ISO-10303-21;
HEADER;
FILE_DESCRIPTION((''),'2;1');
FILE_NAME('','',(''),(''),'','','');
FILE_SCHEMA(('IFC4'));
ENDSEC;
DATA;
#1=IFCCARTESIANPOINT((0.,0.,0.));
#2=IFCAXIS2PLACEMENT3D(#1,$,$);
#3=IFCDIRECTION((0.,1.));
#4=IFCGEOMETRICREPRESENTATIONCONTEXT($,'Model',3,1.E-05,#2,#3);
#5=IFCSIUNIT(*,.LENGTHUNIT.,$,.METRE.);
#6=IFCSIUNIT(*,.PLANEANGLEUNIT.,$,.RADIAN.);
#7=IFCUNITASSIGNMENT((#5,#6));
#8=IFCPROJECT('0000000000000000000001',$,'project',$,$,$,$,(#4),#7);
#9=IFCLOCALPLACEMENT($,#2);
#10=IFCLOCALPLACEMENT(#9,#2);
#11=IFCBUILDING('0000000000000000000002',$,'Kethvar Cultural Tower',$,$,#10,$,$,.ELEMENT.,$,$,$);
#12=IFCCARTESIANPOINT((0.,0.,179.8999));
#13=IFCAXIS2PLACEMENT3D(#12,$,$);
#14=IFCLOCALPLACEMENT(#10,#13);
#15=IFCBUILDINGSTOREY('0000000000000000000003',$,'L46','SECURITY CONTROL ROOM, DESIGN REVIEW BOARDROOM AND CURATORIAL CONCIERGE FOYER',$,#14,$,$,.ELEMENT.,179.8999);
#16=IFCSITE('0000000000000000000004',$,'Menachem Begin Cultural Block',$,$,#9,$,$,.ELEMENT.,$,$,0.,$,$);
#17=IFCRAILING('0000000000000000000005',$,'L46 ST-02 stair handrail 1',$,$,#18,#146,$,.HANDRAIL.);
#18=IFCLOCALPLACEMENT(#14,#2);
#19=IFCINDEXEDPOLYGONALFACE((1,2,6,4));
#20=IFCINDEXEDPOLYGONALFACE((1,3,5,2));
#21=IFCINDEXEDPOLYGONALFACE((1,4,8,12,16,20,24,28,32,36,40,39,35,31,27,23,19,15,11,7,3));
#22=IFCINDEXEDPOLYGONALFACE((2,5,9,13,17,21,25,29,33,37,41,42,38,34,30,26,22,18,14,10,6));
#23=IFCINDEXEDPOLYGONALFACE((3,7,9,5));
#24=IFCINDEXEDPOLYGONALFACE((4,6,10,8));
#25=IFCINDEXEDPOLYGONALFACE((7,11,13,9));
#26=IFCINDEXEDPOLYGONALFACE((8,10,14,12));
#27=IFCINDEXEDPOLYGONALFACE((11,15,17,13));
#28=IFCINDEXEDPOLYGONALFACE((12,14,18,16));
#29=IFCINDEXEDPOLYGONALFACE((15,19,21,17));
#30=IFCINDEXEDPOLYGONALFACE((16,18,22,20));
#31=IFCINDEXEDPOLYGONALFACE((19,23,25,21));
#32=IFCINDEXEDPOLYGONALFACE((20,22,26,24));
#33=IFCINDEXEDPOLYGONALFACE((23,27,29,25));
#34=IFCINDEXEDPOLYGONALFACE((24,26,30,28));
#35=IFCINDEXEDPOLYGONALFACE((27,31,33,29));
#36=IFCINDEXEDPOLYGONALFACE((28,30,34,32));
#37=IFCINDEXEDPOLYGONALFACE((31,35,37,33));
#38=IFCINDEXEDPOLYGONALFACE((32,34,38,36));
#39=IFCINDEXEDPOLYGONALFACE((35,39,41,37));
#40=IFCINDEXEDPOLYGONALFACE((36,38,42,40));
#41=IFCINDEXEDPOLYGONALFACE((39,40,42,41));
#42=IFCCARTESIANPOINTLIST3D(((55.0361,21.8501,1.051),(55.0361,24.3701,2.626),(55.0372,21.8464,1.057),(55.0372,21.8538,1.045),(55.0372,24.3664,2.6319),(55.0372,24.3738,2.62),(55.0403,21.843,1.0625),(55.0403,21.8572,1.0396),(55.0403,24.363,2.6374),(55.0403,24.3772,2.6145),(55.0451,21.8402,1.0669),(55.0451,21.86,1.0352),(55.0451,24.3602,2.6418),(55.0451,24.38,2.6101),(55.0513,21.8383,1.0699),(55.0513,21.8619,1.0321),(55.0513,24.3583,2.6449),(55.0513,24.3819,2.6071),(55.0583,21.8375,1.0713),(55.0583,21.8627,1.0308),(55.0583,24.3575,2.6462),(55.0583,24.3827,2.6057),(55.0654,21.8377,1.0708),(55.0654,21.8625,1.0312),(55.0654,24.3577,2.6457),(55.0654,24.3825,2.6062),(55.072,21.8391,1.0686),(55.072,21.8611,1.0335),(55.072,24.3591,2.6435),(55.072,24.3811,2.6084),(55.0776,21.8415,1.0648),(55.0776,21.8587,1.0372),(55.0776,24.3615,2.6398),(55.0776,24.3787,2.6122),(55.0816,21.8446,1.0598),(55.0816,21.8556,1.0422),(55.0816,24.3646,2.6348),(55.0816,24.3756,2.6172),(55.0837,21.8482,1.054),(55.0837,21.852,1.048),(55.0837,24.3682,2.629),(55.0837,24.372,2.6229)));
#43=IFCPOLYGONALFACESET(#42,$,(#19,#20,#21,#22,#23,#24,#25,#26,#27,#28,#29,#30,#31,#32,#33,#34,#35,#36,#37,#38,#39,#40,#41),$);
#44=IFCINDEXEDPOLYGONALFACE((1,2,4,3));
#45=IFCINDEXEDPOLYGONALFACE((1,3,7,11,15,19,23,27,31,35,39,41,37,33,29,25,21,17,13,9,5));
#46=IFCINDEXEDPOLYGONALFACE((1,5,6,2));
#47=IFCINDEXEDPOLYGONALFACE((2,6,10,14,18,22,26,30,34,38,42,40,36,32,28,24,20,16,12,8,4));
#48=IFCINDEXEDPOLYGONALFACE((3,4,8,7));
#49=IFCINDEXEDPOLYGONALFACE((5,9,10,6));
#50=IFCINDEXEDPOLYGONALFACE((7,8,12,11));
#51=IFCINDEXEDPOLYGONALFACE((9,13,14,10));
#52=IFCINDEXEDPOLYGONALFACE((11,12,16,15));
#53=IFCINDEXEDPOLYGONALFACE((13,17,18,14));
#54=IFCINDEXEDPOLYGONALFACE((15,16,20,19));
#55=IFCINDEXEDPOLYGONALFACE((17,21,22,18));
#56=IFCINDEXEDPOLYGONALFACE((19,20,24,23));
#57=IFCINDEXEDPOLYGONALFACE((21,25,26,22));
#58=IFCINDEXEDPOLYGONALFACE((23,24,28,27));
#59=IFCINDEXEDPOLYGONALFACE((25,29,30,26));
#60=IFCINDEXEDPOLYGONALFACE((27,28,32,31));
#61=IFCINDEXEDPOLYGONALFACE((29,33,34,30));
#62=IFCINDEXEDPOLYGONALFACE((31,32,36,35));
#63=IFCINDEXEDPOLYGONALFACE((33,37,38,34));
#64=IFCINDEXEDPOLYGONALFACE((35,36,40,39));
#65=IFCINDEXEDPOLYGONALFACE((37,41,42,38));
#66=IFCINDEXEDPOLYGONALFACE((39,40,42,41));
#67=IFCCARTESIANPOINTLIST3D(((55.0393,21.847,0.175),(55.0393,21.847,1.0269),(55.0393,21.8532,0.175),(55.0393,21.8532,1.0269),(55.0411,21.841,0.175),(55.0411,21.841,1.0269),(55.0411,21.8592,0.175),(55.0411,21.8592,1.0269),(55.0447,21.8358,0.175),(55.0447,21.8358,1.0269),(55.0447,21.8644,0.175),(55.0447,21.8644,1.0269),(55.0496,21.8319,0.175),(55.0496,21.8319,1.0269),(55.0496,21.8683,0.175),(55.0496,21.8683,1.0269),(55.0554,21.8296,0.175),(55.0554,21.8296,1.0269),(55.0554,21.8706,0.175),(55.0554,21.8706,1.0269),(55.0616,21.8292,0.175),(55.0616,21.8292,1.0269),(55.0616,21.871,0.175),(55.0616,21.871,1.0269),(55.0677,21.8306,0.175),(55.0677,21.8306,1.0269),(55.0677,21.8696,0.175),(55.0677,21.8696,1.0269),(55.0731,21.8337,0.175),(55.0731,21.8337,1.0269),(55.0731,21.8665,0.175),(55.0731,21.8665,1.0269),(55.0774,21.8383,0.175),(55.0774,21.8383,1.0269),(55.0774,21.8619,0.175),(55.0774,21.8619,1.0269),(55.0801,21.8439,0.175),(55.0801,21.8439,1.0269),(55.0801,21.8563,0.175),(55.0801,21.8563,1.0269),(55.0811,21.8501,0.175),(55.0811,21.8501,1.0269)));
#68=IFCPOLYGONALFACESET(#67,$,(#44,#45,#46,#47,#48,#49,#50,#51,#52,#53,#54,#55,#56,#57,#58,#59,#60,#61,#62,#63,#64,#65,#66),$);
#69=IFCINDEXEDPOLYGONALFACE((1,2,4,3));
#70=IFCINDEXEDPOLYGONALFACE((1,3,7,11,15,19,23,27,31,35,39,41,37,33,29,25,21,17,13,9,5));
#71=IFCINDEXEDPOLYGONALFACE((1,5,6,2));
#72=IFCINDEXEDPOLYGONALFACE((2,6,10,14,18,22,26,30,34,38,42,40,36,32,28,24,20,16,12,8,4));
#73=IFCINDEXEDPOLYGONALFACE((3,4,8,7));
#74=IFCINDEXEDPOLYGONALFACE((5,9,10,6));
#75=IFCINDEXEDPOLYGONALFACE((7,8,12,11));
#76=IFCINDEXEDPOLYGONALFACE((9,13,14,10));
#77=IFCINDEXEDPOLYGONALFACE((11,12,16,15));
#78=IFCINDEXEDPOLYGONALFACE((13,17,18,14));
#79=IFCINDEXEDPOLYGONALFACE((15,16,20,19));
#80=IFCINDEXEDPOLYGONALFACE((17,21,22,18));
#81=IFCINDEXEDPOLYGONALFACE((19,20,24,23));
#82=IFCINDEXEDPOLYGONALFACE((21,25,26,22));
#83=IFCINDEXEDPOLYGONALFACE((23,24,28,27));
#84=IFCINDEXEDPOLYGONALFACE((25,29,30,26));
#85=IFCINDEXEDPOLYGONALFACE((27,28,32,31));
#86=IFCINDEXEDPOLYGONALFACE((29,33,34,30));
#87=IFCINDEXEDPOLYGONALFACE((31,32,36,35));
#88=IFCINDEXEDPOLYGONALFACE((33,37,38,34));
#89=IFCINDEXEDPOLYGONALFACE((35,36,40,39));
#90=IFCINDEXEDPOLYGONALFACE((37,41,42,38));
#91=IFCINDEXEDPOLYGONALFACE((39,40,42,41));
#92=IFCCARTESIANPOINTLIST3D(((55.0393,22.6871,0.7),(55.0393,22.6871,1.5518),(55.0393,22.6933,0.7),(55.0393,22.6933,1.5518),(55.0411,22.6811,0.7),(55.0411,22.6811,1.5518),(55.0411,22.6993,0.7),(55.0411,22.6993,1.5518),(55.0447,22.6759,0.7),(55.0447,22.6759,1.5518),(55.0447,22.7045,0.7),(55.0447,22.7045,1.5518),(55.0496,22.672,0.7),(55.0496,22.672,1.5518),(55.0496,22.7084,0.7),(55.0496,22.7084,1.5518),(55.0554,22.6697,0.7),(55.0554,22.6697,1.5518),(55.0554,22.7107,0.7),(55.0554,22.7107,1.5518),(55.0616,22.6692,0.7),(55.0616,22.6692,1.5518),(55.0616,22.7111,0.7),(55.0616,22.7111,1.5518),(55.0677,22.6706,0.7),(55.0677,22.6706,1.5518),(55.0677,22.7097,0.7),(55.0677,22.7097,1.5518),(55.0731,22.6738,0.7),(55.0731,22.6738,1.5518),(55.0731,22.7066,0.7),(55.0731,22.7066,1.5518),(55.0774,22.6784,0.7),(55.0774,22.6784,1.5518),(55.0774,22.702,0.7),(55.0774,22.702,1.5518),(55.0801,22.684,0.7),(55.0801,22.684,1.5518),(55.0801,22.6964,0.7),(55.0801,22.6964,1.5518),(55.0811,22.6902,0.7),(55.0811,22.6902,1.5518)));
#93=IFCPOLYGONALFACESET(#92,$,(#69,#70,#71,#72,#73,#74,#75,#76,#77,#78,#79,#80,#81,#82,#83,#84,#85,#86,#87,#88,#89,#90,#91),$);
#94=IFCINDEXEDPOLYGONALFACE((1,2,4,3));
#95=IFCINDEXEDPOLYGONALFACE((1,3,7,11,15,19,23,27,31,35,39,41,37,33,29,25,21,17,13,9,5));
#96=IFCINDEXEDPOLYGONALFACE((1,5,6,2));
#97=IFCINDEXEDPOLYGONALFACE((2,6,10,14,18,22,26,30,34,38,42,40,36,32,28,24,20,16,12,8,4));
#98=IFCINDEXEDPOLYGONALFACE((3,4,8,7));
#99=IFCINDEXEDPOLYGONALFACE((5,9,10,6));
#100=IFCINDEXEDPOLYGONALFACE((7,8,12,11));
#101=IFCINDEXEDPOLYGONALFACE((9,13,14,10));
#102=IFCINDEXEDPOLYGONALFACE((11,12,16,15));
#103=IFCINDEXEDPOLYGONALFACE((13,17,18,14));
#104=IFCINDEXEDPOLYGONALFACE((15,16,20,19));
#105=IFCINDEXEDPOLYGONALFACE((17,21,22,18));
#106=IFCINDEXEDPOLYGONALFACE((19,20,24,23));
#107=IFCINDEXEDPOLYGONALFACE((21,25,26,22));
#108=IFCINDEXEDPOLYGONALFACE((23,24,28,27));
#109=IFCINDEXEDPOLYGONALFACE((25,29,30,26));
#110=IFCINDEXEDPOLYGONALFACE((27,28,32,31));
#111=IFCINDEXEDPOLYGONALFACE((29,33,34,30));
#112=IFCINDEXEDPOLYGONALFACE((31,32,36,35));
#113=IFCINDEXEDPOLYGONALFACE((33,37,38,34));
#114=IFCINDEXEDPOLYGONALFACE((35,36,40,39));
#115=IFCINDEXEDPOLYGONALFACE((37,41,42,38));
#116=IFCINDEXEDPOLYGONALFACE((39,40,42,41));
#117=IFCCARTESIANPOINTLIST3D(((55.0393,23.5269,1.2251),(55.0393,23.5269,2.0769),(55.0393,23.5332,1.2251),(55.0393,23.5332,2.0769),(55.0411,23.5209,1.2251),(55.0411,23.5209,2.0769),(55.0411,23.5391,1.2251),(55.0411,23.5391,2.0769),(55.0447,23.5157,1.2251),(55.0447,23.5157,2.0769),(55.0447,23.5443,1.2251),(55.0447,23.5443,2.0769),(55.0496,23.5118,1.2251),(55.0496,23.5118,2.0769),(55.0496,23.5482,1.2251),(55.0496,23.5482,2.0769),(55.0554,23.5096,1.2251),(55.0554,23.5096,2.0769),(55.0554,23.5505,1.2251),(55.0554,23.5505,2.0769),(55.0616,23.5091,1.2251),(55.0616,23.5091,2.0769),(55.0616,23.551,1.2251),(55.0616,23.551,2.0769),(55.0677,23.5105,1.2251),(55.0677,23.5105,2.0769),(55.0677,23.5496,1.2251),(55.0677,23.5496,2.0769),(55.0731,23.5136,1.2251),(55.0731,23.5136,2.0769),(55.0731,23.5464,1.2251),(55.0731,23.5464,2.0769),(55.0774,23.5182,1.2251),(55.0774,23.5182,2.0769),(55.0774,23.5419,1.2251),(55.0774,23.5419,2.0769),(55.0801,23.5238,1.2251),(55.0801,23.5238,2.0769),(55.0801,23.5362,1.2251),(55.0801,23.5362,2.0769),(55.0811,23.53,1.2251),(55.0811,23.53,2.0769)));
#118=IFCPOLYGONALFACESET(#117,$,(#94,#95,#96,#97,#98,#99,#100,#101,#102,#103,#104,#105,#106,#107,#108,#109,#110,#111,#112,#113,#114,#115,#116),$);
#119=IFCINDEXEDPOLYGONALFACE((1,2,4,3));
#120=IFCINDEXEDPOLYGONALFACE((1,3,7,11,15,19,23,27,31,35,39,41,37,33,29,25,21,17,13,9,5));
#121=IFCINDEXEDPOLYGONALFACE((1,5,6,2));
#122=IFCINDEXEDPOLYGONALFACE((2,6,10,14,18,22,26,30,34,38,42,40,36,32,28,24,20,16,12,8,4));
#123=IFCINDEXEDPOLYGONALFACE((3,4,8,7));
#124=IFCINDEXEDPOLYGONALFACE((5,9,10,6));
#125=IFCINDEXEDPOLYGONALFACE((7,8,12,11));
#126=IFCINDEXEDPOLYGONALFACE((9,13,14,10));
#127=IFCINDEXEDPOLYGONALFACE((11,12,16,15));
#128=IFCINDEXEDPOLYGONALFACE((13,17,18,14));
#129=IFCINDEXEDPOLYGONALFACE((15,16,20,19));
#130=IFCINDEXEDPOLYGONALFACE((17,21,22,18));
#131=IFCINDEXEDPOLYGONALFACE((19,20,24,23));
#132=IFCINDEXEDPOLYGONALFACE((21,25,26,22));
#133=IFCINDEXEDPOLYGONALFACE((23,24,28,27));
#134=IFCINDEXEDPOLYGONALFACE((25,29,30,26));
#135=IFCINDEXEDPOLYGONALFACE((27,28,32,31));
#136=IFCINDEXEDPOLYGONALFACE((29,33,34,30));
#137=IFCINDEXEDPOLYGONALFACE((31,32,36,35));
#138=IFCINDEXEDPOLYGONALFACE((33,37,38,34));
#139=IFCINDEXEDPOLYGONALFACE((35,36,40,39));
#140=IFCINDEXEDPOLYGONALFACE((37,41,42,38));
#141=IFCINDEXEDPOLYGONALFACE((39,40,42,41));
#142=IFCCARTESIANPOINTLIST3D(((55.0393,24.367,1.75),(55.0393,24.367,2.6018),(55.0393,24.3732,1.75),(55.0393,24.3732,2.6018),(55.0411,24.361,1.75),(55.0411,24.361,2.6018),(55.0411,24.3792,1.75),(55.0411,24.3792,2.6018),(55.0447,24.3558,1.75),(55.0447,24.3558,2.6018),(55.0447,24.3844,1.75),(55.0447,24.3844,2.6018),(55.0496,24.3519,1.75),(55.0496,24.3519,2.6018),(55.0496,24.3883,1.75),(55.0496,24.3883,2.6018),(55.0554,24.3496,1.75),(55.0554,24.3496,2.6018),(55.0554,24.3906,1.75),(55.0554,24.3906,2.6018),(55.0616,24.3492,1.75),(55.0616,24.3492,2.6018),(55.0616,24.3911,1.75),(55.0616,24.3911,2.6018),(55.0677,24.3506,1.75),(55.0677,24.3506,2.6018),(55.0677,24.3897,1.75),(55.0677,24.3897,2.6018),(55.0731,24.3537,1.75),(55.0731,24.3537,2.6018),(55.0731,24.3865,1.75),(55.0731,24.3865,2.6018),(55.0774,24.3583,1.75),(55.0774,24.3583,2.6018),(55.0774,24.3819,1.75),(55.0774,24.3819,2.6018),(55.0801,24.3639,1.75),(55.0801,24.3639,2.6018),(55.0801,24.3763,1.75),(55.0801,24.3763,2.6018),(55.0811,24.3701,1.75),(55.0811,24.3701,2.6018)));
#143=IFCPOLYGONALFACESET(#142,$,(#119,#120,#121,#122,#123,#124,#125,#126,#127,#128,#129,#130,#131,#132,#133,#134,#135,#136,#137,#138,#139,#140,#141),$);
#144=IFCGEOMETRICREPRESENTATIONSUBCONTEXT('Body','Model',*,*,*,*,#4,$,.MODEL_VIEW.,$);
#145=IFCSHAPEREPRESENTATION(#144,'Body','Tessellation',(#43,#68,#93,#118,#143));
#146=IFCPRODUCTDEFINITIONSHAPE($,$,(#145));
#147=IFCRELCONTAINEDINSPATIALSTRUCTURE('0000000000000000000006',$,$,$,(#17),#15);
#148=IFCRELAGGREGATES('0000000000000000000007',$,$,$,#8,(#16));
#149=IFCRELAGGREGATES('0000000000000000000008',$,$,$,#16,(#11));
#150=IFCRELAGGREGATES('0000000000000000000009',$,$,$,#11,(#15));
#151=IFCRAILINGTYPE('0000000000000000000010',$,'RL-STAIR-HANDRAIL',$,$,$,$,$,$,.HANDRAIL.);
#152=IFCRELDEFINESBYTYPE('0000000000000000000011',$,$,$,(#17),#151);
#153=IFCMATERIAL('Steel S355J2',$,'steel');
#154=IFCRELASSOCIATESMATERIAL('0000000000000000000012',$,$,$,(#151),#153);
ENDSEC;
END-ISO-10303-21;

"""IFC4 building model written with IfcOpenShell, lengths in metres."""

from ifc_helpers import new_model, si_unit, direction, frame, origin, origin_2d, place, context, subcontext, project, spatial, circle, extrude, material, type_object, element, save


model = new_model("IFC4")

# Units and contexts
model_context = context("Model", 3, precision=1e-05, world=origin(), true_north=direction((0.0, 1.0)))
body_context = subcontext(model_context, "Body", "Model", "MODEL_VIEW")
ifc_project = project(units=[si_unit("LENGTHUNIT", "METRE"), si_unit("PLANEANGLEUNIT", "RADIAN")], contexts=[model_context])

# Site, building, storey
site_placement = place(None, origin())
site = spatial("IfcSite", under=ifc_project, at=site_placement, Name="Menachem Begin Cultural Block", CompositionType="ELEMENT", RefElevation=0.0)
building_placement = place(site_placement, origin())
building = spatial("IfcBuilding", under=site, at=building_placement, Name="Kethvar Cultural Tower", CompositionType="ELEMENT")
storey_placement = place(building_placement, frame((0.0, 0.0, 179.8999)))
storey = spatial("IfcBuildingStorey", under=building, at=storey_placement, Name="L46", Description="SECURITY CONTROL ROOM, DESIGN REVIEW BOARDROOM AND CURATORIAL CONCIERGE FOYER", CompositionType="ELEMENT", Elevation=179.8999)

# Shared definitions
ifc_material_1 = material(Name="Steel S355J2", Category="steel")

# Railing
railing_type_1 = type_object("IfcRailingType", Name="RL-STAIR-HANDRAIL", PredefinedType="HANDRAIL", material=ifc_material_1)
railing_1_placement = place(storey_placement, frame((55.0601, 21.8501, 0.175)))
element("IfcRailing", 1, at=railing_1_placement, inside=storey, type_object=railing_type_1, Name="L46 ST-02 stair handrail 1", PredefinedType="HANDRAIL", context=body_context, shape_type="SweptSolid", body=[
    extrude(circle(Radius=0.0239, at=origin_2d()), frame((0.0, 0.0, 0.876), z_axis=(0.0, 0.848008, 0.529984), x_axis=(-1.0, 0.0, 0.0)), (0.0, 0.0, 1.0), 2.9717),
    extrude(circle(Radius=0.021, at=origin_2d()), origin(), (0.0, 0.0, 1.0), 0.8518),
    extrude(circle(Radius=0.021, at=origin_2d()), frame((0.0, 0.8401, 0.5249)), (0.0, 0.0, 1.0), 0.8518),
    extrude(circle(Radius=0.021, at=origin_2d()), frame((0.0, 1.6799, 1.05)), (0.0, 0.0, 1.0), 0.8518),
    extrude(circle(Radius=0.021, at=origin_2d()), frame((0.0, 2.52, 1.575)), (0.0, 0.0, 1.0), 0.8518),
])

save(model, "model.ifc")
